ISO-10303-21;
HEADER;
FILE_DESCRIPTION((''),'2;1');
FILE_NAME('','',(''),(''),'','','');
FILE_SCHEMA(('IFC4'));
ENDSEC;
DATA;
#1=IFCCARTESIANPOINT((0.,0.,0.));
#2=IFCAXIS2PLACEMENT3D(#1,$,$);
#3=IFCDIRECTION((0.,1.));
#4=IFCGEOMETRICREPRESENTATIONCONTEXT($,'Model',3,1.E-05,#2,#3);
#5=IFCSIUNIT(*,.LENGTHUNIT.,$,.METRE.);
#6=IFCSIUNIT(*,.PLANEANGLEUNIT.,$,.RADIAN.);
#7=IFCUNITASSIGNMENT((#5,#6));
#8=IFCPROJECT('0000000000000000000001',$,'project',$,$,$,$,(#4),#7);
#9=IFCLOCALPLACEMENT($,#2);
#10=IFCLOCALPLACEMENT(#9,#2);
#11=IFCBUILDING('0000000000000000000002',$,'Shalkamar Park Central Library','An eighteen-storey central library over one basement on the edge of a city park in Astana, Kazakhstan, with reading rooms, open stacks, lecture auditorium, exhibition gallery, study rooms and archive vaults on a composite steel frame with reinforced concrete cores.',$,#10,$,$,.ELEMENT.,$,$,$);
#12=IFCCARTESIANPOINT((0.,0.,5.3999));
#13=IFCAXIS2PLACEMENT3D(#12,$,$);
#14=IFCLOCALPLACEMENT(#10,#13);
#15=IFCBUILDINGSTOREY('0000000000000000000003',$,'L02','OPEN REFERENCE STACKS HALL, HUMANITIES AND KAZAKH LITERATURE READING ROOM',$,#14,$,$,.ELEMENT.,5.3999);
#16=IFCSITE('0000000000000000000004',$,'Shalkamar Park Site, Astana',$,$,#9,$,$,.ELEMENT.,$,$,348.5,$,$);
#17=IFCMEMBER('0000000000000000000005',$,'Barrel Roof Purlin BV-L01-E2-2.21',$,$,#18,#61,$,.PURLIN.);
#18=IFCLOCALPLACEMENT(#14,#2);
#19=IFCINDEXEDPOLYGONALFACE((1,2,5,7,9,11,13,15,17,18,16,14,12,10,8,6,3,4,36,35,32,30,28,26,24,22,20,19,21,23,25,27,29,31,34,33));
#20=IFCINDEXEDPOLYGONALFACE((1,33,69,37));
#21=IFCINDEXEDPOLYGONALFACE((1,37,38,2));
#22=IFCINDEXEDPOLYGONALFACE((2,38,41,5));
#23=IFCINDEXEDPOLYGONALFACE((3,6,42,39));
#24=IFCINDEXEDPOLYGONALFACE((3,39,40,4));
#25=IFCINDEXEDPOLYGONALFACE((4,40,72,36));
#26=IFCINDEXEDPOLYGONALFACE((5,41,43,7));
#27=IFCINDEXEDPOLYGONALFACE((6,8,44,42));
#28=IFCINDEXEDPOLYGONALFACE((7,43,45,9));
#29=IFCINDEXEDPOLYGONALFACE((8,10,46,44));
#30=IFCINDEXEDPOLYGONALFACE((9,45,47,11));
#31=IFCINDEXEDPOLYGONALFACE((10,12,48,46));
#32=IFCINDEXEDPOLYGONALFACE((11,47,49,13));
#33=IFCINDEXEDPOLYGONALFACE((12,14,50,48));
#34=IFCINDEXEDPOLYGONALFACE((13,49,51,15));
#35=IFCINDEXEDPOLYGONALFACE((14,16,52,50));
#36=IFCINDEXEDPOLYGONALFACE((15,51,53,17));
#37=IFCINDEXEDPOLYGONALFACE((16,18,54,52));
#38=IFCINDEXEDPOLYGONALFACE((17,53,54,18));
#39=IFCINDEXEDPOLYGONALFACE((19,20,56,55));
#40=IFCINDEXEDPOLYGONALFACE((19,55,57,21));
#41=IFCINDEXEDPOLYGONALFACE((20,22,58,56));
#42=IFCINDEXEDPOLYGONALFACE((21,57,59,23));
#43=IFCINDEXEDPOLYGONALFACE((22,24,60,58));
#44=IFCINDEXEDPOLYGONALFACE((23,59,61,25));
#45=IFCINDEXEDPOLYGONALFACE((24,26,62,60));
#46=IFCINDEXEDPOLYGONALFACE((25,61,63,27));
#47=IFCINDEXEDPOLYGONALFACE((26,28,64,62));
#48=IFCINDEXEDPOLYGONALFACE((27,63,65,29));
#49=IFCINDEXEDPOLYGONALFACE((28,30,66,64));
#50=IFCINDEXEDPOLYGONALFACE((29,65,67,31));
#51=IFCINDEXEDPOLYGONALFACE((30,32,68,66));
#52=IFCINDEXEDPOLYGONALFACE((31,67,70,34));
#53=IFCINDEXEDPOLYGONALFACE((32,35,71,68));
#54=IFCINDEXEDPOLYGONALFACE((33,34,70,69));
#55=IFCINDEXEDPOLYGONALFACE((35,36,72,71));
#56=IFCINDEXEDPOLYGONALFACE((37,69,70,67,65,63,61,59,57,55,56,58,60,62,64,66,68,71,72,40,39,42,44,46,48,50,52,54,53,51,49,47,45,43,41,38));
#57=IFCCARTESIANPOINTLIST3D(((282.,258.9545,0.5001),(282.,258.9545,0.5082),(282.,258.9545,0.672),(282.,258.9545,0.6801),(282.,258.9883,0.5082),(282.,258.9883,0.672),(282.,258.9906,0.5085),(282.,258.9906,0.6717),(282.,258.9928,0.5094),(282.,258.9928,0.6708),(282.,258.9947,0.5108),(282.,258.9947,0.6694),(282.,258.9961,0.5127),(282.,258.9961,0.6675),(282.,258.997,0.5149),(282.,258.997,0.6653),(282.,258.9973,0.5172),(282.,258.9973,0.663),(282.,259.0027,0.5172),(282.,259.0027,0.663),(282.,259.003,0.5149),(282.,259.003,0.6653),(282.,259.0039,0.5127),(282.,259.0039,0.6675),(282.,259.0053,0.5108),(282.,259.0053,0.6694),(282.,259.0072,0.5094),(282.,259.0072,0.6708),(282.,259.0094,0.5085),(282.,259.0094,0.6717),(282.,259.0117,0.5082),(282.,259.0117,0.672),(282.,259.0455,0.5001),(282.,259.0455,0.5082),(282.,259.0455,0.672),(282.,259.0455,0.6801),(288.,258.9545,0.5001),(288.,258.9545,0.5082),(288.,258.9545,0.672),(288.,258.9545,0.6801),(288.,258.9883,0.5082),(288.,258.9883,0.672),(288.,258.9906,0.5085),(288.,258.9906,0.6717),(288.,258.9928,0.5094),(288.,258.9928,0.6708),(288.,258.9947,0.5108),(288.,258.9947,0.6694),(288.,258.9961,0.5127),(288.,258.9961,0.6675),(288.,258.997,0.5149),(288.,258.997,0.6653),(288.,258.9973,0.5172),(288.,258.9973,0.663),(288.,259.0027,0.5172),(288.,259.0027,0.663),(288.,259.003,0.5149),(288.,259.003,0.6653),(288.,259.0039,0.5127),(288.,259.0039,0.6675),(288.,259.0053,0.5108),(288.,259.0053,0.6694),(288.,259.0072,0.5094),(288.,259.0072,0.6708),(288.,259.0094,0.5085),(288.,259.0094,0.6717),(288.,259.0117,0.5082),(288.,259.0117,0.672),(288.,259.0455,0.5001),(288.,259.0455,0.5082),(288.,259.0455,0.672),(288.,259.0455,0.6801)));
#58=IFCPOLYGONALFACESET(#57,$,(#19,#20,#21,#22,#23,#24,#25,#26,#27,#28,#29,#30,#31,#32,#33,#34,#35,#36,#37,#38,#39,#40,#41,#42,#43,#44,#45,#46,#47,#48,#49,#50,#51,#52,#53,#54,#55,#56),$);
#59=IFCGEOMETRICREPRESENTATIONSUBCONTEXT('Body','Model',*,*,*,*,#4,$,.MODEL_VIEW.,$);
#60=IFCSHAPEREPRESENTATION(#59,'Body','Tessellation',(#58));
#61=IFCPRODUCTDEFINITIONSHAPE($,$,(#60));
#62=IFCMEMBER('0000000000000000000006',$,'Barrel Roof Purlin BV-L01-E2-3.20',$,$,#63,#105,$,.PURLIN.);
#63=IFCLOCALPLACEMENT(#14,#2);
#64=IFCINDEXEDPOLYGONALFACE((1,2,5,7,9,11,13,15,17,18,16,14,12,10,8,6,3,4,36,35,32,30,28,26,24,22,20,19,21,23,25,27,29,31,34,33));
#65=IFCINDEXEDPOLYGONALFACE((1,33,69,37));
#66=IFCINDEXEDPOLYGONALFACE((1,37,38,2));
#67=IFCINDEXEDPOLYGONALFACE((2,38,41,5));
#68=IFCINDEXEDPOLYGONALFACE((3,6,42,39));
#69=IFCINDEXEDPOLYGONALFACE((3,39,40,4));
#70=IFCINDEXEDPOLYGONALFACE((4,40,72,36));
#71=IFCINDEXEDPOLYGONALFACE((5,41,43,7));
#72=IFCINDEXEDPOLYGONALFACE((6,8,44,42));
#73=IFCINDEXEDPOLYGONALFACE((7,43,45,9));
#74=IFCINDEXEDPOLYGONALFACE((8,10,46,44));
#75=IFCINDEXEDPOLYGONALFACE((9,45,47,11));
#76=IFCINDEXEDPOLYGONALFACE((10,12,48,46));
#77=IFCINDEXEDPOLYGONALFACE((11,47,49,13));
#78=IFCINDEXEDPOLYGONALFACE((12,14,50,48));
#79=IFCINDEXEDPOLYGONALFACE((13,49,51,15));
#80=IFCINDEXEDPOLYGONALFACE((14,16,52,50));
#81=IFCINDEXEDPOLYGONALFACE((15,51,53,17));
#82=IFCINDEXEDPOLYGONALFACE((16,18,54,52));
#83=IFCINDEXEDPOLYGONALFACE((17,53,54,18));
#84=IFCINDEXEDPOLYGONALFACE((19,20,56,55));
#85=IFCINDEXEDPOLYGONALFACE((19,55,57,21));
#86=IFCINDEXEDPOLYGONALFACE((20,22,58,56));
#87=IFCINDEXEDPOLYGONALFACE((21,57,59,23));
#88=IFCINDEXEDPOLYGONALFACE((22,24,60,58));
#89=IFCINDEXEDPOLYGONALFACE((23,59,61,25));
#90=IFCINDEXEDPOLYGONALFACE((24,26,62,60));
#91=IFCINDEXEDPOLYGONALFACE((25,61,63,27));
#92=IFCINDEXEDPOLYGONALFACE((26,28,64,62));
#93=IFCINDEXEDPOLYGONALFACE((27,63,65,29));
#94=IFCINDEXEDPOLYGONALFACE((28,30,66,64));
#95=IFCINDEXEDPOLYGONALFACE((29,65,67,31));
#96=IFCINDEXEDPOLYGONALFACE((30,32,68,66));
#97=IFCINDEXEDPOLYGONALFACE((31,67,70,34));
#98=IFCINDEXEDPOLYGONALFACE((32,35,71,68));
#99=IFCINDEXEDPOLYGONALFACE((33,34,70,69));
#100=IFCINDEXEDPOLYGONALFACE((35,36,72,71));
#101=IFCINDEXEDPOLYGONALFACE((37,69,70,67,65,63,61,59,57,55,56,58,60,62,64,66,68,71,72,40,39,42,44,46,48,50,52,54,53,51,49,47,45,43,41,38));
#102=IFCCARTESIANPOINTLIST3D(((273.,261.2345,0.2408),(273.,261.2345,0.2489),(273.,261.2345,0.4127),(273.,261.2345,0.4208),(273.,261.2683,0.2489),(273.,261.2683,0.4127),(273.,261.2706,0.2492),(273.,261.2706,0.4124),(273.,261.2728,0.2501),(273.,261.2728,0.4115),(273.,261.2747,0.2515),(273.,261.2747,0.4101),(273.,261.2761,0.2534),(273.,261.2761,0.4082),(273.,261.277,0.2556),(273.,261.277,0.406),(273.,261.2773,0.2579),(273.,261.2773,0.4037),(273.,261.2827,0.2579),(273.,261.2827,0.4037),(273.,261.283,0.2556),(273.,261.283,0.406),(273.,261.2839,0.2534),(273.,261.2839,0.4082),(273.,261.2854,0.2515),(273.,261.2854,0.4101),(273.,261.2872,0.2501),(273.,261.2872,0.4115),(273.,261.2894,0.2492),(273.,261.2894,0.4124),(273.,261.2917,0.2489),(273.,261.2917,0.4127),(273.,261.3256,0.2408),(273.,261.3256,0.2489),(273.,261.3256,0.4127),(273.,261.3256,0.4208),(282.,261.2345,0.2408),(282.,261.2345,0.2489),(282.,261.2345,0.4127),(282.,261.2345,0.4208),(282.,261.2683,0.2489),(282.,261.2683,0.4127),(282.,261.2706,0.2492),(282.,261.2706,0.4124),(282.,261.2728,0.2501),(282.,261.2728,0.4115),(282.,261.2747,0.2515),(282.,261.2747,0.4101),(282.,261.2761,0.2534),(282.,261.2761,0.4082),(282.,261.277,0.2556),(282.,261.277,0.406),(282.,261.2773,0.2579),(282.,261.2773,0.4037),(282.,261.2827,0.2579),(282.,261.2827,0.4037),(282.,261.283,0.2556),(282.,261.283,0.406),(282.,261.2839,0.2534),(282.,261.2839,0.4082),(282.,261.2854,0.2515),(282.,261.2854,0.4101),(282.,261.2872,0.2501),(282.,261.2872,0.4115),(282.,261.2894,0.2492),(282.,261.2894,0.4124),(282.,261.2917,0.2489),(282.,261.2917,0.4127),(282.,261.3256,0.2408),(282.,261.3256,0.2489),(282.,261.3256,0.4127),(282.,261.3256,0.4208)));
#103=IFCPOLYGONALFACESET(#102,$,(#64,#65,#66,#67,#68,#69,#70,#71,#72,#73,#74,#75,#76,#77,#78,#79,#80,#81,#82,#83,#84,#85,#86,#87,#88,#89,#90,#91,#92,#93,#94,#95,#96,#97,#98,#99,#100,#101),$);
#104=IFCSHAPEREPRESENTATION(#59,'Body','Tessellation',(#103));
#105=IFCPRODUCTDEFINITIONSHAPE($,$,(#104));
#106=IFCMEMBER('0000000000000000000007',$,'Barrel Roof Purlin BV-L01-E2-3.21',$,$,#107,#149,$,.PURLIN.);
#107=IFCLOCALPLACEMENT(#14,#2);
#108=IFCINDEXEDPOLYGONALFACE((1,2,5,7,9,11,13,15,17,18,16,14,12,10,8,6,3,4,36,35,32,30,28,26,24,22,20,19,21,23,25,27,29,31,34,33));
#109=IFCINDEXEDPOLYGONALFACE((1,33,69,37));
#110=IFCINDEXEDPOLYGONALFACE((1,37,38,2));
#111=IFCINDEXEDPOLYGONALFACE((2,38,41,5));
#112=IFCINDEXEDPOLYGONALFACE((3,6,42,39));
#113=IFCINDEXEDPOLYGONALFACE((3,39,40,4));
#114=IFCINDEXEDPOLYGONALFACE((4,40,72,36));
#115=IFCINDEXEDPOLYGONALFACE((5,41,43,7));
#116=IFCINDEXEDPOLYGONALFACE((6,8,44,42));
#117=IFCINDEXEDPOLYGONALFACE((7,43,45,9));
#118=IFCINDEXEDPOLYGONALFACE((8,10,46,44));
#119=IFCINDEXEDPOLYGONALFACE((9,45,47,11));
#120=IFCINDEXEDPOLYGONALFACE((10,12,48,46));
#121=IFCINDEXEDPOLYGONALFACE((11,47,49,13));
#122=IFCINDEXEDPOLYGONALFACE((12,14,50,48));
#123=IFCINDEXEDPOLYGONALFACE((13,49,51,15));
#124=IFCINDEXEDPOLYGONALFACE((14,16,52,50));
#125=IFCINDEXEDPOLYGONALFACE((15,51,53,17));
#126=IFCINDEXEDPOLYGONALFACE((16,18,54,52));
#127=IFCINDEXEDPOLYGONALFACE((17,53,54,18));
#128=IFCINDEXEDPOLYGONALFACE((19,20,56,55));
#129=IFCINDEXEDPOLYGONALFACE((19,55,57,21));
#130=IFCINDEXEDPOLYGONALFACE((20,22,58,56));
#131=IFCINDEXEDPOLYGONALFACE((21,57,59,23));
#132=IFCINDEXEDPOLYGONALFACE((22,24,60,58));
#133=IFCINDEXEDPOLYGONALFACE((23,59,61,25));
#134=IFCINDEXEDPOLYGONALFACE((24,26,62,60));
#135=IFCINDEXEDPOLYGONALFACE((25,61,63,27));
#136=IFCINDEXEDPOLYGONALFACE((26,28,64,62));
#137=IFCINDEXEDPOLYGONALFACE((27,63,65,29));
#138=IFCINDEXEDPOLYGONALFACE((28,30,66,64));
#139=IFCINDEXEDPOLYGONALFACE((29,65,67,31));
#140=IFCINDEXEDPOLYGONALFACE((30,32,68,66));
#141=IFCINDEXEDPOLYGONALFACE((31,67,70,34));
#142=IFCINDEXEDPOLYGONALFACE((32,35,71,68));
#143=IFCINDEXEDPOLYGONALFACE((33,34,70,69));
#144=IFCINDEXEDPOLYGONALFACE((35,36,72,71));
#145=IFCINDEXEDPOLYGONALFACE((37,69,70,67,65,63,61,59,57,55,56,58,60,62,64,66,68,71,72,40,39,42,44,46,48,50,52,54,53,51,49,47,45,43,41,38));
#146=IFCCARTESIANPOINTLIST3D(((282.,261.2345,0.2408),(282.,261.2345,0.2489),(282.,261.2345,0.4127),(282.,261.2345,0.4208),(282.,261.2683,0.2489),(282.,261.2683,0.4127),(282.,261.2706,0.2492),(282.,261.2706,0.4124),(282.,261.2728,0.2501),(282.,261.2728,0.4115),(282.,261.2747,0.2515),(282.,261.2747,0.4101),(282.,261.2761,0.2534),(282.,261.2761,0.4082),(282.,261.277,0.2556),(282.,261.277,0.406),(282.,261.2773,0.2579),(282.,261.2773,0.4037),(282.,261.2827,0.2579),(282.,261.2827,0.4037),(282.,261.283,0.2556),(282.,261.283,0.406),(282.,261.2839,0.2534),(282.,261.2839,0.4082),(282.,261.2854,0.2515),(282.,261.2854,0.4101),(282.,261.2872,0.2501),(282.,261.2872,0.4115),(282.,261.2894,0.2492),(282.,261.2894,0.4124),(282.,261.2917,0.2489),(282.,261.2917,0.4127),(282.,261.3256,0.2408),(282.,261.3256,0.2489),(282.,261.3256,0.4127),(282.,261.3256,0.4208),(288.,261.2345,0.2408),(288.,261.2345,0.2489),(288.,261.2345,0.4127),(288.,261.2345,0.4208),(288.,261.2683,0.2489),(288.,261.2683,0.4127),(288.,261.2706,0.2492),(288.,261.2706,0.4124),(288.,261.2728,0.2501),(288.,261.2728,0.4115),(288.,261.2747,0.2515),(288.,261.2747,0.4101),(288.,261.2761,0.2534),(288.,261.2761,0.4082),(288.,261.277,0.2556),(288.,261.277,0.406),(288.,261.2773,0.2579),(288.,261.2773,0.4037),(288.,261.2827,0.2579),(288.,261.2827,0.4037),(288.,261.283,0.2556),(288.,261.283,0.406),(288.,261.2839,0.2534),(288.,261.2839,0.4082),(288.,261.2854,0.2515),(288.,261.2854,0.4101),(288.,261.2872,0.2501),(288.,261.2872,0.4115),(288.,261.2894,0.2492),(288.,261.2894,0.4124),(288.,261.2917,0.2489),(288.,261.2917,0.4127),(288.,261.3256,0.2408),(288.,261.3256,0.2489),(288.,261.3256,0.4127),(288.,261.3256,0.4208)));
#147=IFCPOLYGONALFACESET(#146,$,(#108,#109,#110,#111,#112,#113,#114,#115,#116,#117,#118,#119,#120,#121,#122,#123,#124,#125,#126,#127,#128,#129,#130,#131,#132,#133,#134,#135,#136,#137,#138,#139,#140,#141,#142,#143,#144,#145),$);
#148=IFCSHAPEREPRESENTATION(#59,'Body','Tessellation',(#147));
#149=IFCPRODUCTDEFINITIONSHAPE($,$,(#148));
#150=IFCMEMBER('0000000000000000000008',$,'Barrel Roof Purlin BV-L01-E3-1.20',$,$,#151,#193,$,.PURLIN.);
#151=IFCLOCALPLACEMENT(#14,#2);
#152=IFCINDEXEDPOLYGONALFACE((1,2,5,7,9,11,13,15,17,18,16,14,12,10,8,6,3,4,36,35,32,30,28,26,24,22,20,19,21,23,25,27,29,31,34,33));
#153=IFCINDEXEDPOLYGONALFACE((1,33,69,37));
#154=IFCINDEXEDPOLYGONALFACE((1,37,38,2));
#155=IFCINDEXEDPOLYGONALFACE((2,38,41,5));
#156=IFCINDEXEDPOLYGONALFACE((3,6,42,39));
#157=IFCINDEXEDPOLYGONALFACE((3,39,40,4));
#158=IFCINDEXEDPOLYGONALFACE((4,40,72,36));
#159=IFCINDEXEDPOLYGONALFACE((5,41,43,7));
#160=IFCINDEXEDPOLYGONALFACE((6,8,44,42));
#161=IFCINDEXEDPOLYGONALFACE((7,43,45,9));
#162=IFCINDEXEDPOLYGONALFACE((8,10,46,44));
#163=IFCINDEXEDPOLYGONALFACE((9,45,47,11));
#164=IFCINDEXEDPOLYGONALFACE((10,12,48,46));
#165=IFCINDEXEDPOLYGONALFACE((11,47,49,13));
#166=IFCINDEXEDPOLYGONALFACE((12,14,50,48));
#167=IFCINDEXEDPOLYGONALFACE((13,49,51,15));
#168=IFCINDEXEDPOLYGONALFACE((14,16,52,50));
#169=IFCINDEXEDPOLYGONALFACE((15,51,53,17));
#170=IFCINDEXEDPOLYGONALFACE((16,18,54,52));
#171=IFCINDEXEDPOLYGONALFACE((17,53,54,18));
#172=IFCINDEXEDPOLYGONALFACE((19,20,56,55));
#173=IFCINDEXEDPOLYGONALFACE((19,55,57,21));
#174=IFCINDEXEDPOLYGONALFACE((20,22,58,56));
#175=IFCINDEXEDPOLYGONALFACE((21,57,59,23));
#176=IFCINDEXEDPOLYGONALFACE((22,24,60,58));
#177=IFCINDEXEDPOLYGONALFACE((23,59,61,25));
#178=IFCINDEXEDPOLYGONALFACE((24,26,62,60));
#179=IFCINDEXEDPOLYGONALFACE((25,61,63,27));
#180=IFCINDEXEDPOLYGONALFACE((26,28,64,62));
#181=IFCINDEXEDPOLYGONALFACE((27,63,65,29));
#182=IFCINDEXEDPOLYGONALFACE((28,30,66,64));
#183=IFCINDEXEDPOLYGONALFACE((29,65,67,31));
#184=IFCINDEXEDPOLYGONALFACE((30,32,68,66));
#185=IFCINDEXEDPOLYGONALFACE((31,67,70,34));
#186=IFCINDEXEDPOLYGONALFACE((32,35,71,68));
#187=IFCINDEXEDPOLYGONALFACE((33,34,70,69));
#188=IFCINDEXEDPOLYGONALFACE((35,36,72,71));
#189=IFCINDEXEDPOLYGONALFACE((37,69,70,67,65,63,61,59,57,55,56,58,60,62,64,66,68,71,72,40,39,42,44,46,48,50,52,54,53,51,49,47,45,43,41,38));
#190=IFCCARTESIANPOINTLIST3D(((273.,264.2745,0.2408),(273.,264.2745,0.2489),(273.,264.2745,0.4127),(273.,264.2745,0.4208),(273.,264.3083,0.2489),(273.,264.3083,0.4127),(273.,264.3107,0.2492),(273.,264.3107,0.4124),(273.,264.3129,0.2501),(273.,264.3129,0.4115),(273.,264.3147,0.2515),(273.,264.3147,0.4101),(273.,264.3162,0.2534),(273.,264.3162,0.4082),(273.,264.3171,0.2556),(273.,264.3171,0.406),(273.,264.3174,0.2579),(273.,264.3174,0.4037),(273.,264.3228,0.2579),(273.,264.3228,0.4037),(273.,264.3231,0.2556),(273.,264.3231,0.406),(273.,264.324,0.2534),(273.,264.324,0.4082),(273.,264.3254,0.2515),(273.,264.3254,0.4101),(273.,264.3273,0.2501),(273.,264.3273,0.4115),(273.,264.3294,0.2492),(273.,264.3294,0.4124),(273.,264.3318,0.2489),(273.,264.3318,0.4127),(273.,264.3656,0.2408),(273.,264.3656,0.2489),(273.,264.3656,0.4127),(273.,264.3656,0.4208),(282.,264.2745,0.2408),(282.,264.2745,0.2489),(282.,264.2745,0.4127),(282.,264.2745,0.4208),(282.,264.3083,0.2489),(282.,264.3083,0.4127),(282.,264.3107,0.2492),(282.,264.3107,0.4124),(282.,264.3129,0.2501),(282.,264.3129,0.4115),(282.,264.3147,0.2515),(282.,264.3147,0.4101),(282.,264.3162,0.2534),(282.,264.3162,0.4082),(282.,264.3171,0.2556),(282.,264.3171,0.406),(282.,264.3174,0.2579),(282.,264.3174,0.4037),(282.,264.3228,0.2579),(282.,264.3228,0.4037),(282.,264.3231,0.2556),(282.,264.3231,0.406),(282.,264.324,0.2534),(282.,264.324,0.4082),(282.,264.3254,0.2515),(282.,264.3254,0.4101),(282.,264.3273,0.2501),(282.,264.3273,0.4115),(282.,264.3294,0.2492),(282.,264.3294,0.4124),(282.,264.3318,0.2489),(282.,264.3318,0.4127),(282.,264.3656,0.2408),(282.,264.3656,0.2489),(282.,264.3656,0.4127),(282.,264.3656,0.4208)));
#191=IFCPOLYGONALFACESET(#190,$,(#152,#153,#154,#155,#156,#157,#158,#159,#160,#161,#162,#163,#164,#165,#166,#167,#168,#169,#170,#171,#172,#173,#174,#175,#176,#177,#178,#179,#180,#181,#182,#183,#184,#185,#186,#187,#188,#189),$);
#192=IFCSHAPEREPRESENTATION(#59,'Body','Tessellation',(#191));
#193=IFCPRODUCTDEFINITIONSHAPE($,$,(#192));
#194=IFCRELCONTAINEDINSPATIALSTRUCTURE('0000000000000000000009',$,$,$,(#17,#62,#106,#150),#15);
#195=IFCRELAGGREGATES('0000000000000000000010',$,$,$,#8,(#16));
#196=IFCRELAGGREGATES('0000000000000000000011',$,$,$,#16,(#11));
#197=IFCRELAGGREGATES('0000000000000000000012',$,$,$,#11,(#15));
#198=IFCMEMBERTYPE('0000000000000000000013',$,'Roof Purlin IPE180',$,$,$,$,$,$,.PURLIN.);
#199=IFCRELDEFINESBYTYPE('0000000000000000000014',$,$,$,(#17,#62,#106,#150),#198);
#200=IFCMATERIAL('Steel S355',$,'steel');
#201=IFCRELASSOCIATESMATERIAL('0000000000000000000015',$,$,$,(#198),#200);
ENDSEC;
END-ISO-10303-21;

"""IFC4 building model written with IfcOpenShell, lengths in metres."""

from ifc_helpers import new_model, si_unit, direction, frame, origin, origin_2d, place, context, subcontext, project, spatial, i_section, extrude, material, material_profile, profile_set, type_object, element, save


model = new_model("IFC4")

# Units and contexts
model_context = context("Model", 3, precision=1e-05, world=origin(), true_north=direction((0.0, 1.0)))
body_context = subcontext(model_context, "Body", "Model", "MODEL_VIEW")
ifc_project = project(units=[si_unit("LENGTHUNIT", "METRE"), si_unit("PLANEANGLEUNIT", "RADIAN")], contexts=[model_context])

# Site, building, storey
site_placement = place(None, origin())
site = spatial("IfcSite", under=ifc_project, at=site_placement, Name="Shalkamar Park Site, Astana", CompositionType="ELEMENT", RefElevation=348.5)
building_placement = place(site_placement, origin())
building = spatial("IfcBuilding", under=site, at=building_placement, Name="Shalkamar Park Central Library", Description="An eighteen-storey central library over one basement on the edge of a city park in Astana, Kazakhstan, with reading rooms, open stacks, lecture auditorium, exhibition gallery, study rooms and archive vaults on a composite steel frame with reinforced concrete cores.", CompositionType="ELEMENT")
storey_placement = place(building_placement, frame((0.0, 0.0, 5.3999)))
storey = spatial("IfcBuildingStorey", under=building, at=storey_placement, Name="L02", Description="OPEN REFERENCE STACKS HALL, HUMANITIES AND KAZAKH LITERATURE READING ROOM", CompositionType="ELEMENT", Elevation=5.3999)

# Shared definitions
ifc_material_1 = material(Name="Steel S355", Category="steel")

# Members
ifc_material_profile_1 = material_profile(ifc_material_1, i_section(OverallWidth=0.0911, OverallDepth=0.1799, WebThickness=0.0054, FlangeThickness=0.0081, FilletRadius=0.009, at=origin_2d()), Name="IPE 180")
ifc_profile_set_1 = profile_set([ifc_material_profile_1], Name="Steel S355")
member_type_1 = type_object("IfcMemberType", Name="Roof Purlin IPE180", PredefinedType="PURLIN", material=ifc_profile_set_1)
member_1_placement = place(storey_placement, frame((282.0, 259.0, 0.5901), z_axis=(1.0, 0.0, 0.0), x_axis=(0.0, 1.0, 0.0)))
element("IfcMember", 1, at=member_1_placement, inside=storey, type_object=member_type_1, Name="Barrel Roof Purlin BV-L01-E2-2.21", PredefinedType="PURLIN", context=body_context, shape_type="SweptSolid", body=[
    extrude(i_section(OverallWidth=0.0911, OverallDepth=0.1799, WebThickness=0.0054, FlangeThickness=0.0081, FilletRadius=0.009, at=origin_2d()), origin(), (0.0, 0.0, 1.0), 6.0),
])
member_2_placement = place(storey_placement, frame((273.0, 261.28, 0.3308), z_axis=(1.0, 0.0, 0.0), x_axis=(0.0, 1.0, 0.0)))
element("IfcMember", 2, at=member_2_placement, inside=storey, type_object=member_type_1, Name="Barrel Roof Purlin BV-L01-E2-3.20", PredefinedType="PURLIN", context=body_context, shape_type="SweptSolid", body=[
    extrude(i_section(OverallWidth=0.0911, OverallDepth=0.1799, WebThickness=0.0054, FlangeThickness=0.0081, FilletRadius=0.009, at=origin_2d()), origin(), (0.0, 0.0, 1.0), 9.0),
])
member_3_placement = place(storey_placement, frame((282.0, 261.28, 0.3308), z_axis=(1.0, 0.0, 0.0), x_axis=(0.0, 1.0, 0.0)))
element("IfcMember", 3, at=member_3_placement, inside=storey, type_object=member_type_1, Name="Barrel Roof Purlin BV-L01-E2-3.21", PredefinedType="PURLIN", context=body_context, shape_type="SweptSolid", body=[
    extrude(i_section(OverallWidth=0.0911, OverallDepth=0.1799, WebThickness=0.0054, FlangeThickness=0.0081, FilletRadius=0.009, at=origin_2d()), origin(), (0.0, 0.0, 1.0), 6.0),
])
member_4_placement = place(storey_placement, frame((273.0, 264.3201, 0.3308), z_axis=(1.0, 0.0, 0.0), x_axis=(0.0, 1.0, 0.0)))
element("IfcMember", 4, at=member_4_placement, inside=storey, type_object=member_type_1, Name="Barrel Roof Purlin BV-L01-E3-1.20", PredefinedType="PURLIN", context=body_context, shape_type="SweptSolid", body=[
    extrude(i_section(OverallWidth=0.0911, OverallDepth=0.1799, WebThickness=0.0054, FlangeThickness=0.0081, FilletRadius=0.009, at=origin_2d()), origin(), (0.0, 0.0, 1.0), 9.0),
])

save(model, "model.ifc")
